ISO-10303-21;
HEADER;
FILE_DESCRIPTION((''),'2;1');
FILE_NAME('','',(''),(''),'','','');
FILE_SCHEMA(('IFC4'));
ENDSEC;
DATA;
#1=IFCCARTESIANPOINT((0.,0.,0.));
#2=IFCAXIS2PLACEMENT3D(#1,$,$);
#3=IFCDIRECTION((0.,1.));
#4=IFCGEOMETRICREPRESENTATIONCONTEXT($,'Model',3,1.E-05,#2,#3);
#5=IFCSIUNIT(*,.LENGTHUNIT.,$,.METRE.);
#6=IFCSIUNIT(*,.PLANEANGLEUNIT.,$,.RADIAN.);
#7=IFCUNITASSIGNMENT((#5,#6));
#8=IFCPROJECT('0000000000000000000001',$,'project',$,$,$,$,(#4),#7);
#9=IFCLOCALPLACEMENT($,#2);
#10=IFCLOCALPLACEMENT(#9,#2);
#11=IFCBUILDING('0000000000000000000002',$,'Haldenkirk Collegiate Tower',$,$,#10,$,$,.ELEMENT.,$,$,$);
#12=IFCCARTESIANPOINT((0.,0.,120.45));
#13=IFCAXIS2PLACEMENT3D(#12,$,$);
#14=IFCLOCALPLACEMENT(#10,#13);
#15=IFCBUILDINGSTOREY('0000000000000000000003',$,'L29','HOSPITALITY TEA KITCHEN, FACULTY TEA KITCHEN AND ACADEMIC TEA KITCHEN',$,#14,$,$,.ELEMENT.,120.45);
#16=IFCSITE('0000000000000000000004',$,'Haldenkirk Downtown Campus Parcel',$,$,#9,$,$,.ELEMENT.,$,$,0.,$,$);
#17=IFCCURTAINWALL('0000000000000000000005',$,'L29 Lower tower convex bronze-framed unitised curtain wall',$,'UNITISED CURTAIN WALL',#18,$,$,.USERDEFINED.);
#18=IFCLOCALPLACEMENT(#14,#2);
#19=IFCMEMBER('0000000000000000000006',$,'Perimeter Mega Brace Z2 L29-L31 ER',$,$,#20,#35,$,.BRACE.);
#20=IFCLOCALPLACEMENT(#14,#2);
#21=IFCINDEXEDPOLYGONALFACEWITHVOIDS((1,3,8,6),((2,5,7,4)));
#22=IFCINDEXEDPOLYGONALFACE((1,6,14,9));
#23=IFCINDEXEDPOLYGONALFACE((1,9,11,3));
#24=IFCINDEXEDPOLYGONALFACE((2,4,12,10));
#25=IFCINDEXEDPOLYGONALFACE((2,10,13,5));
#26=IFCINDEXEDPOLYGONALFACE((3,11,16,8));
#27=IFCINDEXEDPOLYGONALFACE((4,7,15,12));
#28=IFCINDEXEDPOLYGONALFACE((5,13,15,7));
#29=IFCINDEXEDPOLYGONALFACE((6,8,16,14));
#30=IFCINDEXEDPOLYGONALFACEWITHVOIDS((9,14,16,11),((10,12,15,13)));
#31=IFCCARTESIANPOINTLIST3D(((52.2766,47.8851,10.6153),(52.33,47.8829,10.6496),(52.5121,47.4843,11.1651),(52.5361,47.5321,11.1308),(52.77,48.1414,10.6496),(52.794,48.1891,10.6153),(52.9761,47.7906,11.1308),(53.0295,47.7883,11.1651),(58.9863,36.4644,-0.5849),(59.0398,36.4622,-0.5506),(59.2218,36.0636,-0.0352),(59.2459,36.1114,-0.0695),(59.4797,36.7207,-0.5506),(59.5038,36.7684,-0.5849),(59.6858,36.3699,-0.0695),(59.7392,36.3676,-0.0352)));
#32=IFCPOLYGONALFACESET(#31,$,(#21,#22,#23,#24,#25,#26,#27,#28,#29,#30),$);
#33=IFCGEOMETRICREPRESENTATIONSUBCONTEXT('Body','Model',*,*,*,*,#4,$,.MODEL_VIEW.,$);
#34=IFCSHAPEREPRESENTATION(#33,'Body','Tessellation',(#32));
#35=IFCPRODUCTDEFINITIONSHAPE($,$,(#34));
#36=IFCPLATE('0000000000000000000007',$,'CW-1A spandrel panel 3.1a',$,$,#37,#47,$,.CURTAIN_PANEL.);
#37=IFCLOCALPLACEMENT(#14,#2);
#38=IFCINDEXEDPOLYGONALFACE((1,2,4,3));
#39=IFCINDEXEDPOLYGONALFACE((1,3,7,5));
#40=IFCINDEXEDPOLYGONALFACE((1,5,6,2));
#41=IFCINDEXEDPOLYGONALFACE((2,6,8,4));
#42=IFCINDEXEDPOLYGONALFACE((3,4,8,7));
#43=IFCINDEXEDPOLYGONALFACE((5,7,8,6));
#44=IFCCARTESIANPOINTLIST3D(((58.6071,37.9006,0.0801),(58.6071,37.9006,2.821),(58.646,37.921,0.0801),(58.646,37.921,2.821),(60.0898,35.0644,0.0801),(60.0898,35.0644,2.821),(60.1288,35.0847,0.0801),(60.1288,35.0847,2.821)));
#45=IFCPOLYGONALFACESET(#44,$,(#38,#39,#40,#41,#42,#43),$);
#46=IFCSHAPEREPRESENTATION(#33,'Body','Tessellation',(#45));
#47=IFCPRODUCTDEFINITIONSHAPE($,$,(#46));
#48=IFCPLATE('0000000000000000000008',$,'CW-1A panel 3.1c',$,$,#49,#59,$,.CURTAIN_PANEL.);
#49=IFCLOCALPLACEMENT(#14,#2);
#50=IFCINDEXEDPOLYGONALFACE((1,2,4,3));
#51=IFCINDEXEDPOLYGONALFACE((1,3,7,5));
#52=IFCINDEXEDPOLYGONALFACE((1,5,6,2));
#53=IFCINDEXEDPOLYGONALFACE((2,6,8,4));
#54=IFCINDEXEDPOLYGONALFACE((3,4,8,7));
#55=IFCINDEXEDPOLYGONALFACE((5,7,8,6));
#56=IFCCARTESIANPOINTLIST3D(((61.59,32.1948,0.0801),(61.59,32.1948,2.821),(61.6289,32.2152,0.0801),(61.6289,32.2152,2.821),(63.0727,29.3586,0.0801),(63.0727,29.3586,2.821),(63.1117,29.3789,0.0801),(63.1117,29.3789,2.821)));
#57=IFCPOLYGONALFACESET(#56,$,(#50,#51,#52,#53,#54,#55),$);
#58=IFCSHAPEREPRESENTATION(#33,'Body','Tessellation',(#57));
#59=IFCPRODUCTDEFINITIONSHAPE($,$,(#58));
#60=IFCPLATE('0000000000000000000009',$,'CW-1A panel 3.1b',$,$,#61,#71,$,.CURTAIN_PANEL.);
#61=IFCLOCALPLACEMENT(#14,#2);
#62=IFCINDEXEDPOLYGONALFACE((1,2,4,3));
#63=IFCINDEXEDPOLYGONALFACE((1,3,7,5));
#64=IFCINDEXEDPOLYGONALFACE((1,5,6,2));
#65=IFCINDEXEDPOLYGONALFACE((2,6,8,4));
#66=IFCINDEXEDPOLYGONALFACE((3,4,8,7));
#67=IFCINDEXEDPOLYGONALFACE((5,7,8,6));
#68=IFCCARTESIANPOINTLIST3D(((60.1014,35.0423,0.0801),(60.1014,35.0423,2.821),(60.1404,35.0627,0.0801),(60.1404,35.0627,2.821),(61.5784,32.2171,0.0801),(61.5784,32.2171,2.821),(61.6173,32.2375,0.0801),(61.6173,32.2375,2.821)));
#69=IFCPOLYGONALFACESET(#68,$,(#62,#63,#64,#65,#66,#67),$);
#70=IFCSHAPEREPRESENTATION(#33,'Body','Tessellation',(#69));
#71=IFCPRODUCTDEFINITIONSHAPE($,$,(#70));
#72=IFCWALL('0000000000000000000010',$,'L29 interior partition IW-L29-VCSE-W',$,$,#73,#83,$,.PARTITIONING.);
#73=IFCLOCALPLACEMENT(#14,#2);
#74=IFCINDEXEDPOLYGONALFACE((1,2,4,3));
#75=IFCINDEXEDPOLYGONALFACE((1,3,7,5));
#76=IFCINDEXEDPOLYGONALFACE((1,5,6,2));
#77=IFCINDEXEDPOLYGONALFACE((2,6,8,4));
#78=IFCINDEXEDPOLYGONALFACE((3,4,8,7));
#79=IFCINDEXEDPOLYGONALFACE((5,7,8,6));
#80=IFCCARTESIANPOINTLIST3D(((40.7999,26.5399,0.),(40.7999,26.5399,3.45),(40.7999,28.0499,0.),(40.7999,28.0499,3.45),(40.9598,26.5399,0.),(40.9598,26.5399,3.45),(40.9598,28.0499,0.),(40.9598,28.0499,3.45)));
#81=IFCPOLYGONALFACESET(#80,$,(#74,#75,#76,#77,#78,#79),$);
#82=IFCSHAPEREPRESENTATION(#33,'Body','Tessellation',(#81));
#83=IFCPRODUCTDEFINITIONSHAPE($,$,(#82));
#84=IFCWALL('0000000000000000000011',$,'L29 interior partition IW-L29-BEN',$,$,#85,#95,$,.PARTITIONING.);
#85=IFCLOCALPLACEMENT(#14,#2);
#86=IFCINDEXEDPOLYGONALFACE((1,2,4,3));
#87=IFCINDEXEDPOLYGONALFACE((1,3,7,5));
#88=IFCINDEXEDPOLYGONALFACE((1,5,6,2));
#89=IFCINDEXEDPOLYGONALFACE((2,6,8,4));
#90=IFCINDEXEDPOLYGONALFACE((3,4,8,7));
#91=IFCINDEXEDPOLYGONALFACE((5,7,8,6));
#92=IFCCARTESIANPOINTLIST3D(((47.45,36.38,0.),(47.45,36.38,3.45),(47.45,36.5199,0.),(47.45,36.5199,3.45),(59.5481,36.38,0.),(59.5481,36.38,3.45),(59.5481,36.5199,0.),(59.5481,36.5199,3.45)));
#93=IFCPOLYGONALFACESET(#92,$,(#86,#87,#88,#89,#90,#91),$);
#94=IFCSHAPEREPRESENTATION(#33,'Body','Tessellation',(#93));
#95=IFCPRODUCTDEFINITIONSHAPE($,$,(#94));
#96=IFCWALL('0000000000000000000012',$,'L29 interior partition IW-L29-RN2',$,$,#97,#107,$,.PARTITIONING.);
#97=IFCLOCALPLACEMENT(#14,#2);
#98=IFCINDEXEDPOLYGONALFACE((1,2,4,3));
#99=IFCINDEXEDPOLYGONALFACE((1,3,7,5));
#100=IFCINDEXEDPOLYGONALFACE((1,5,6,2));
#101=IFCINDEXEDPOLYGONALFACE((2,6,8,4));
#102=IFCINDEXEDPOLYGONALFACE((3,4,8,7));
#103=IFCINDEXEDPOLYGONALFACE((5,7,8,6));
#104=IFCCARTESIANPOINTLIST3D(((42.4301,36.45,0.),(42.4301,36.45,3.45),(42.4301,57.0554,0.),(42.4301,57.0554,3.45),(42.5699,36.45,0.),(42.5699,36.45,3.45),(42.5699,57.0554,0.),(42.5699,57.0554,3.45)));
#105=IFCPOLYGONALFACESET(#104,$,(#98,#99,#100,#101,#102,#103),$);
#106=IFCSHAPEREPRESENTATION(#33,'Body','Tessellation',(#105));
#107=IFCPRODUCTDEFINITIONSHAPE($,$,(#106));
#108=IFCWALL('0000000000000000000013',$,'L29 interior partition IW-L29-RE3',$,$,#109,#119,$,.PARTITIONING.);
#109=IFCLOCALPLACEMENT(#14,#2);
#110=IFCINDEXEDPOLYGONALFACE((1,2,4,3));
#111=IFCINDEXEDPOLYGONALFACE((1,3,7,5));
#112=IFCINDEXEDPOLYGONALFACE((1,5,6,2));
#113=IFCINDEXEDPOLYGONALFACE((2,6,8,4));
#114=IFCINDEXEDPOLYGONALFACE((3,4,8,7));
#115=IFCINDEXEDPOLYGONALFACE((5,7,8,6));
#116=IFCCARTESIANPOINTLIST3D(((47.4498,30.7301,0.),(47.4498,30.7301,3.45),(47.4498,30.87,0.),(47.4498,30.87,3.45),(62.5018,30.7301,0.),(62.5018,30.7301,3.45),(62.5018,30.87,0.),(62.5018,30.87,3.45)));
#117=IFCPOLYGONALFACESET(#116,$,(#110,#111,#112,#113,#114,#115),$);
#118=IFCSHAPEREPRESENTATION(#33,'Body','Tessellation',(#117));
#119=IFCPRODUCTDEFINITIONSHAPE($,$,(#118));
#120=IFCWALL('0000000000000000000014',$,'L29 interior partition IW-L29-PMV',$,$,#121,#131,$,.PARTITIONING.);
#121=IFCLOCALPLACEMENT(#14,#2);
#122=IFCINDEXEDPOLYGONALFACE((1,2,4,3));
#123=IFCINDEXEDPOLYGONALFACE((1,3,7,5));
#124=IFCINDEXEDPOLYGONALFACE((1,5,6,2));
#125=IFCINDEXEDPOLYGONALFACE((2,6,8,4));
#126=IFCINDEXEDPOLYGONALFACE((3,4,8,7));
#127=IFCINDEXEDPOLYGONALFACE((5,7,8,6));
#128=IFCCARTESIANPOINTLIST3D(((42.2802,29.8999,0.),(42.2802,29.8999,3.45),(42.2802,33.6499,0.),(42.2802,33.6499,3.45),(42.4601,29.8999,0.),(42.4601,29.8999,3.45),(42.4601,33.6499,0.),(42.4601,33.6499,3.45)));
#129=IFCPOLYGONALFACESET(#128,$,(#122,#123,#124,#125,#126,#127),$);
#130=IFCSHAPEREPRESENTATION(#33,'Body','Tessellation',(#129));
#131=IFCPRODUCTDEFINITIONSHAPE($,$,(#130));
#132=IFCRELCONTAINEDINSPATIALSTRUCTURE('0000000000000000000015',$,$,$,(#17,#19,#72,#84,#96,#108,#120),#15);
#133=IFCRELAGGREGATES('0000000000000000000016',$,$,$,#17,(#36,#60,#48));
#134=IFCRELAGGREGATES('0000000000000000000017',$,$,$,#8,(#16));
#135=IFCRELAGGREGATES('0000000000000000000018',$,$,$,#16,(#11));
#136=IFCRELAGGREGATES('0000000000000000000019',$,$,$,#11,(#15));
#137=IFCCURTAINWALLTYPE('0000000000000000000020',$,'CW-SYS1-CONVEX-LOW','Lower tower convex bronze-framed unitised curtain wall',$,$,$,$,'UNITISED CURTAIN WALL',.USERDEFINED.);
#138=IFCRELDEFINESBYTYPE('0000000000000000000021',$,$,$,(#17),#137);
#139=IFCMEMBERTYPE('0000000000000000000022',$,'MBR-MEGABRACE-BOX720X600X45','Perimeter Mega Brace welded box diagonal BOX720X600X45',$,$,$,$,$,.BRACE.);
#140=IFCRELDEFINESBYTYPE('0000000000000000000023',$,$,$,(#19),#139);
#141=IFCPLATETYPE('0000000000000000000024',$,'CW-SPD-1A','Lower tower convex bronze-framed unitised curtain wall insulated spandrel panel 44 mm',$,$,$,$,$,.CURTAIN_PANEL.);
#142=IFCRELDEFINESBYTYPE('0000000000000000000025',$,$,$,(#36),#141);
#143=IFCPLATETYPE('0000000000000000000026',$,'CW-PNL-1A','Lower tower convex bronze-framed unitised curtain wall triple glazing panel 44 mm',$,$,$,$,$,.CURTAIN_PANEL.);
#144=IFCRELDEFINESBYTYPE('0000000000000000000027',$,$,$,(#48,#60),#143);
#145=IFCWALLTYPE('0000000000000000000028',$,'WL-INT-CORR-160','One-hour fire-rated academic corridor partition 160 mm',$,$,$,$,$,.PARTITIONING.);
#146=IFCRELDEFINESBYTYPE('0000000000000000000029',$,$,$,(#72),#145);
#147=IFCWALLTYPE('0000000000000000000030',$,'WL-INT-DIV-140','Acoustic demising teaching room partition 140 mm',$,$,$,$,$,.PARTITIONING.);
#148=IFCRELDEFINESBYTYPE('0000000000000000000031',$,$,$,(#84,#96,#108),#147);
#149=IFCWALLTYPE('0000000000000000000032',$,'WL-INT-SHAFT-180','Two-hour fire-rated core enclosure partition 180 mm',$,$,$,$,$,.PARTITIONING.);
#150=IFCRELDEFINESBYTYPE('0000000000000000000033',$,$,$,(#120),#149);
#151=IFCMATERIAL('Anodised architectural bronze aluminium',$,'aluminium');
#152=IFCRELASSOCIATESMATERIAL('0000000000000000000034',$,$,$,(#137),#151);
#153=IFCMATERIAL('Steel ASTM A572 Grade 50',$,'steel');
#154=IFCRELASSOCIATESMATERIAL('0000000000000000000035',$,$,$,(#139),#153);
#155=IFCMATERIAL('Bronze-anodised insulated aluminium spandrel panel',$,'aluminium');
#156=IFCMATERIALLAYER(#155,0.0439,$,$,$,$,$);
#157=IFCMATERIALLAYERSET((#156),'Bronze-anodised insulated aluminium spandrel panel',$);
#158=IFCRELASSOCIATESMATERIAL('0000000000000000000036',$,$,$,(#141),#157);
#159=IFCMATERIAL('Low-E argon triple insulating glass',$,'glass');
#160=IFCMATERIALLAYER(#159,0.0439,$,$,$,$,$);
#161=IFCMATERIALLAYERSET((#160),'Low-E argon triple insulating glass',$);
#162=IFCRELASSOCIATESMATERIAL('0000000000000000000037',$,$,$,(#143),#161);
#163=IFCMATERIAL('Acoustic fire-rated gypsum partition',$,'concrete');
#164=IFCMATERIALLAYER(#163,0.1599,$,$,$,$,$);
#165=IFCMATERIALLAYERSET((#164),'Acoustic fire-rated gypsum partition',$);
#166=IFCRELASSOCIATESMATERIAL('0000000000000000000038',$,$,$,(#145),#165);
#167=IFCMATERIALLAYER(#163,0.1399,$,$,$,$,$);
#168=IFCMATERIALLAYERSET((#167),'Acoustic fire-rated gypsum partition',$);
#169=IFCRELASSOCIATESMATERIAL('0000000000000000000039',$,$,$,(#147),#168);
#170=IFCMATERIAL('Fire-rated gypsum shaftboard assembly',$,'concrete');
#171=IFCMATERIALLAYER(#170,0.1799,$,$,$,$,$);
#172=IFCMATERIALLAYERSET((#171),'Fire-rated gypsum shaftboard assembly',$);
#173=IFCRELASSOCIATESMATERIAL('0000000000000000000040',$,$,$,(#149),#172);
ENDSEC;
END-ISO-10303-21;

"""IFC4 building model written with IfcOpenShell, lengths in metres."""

from ifc_helpers import new_model, si_unit, direction, frame, frame_2d, origin, origin_2d, place, context, subcontext, project, spatial, rectangle, hollow_rectangle, extrude, source, transform, mapped, material, layer, layer_set, material_profile, profile_set, type_object, element, aggregate, save


model = new_model("IFC4")

# Units and contexts
model_context = context("Model", 3, precision=1e-05, world=origin(), true_north=direction((0.0, 1.0)))
body_context = subcontext(model_context, "Body", "Model", "MODEL_VIEW")
ifc_project = project(units=[si_unit("LENGTHUNIT", "METRE"), si_unit("PLANEANGLEUNIT", "RADIAN")], contexts=[model_context])

# Site, building, storey
site_placement = place(None, origin())
site = spatial("IfcSite", under=ifc_project, at=site_placement, Name="Haldenkirk Downtown Campus Parcel", CompositionType="ELEMENT", RefElevation=0.0)
building_placement = place(site_placement, origin())
building = spatial("IfcBuilding", under=site, at=building_placement, Name="Haldenkirk Collegiate Tower", CompositionType="ELEMENT")
storey_placement = place(building_placement, frame((0.0, 0.0, 120.45)))
storey = spatial("IfcBuildingStorey", under=building, at=storey_placement, Name="L29", Description="HOSPITALITY TEA KITCHEN, FACULTY TEA KITCHEN AND ACADEMIC TEA KITCHEN", CompositionType="ELEMENT", Elevation=120.45)

# Curtain wall
ifc_material_1 = material(Name="Anodised architectural bronze aluminium", Category="aluminium")
curtain_wall_type = type_object("IfcCurtainWallType", Name="CW-SYS1-CONVEX-LOW", Description="Lower tower convex bronze-framed unitised curtain wall", ElementType="UNITISED CURTAIN WALL", PredefinedType="USERDEFINED", material=ifc_material_1)
curtain_wall_placement = place(storey_placement, origin())
curtain_wall = element("IfcCurtainWall", 1, at=curtain_wall_placement, inside=storey, type_object=curtain_wall_type, Name="L29 Lower tower convex bronze-framed unitised curtain wall", ObjectType="UNITISED CURTAIN WALL", PredefinedType="USERDEFINED")

# Member
ifc_material_2 = material(Name="Steel ASTM A572 Grade 50", Category="steel")
ifc_material_profile_1 = material_profile(ifc_material_2, hollow_rectangle(XDim=0.6001, YDim=0.72, WallThickness=0.0449, at=origin_2d()), Name="BOX720X600X45")
ifc_profile_set_1 = profile_set([ifc_material_profile_1], Name="Steel ASTM A572 Grade 50")
member_type_1 = type_object("IfcMemberType", Name="MBR-MEGABRACE-BOX720X600X45", Description="Perimeter Mega Brace welded box diagonal BOX720X600X45", PredefinedType="BRACE", material=ifc_profile_set_1)
member_1_placement = place(storey_placement, frame((59.3628, 36.416, -0.3101), z_axis=(-0.386808, 0.658389, 0.64568), x_axis=(-0.862208, -0.506554, 0.0)))
element("IfcMember", 2, at=member_1_placement, inside=storey, type_object=member_type_1, Name="Perimeter Mega Brace Z2 L29-L31 ER", PredefinedType="BRACE", context=body_context, shape_type="SweptSolid", body=[
    extrude(hollow_rectangle(XDim=0.6001, YDim=0.72, WallThickness=0.0449, at=origin_2d()), origin(), (0.0, 0.0, 1.0), 17.3464),
])

# Plates
ifc_material_3 = material(Name="Bronze-anodised insulated aluminium spandrel panel", Category="aluminium")
ifc_layer_1 = layer(ifc_material_3, 0.0439)
ifc_layer_set_1 = layer_set([ifc_layer_1], Name="Bronze-anodised insulated aluminium spandrel panel")
plate_type_1 = type_object("IfcPlateType", Name="CW-SPD-1A", Description="Lower tower convex bronze-framed unitised curtain wall insulated spandrel panel 44 mm", PredefinedType="CURTAIN_PANEL", material=ifc_layer_set_1)
shared_shape_1 = source(origin(), body_context, "Body", "SweptSolid", [
    extrude(rectangle(XDim=3.2004, YDim=0.0439, at=origin_2d()), origin(), (0.0, 0.0, 1.0), 2.741),
])
plate_1_placement = place(storey_placement, frame((59.3679, 36.4927, 0.0801), z_axis=(0.0, 0.0, 1.0), x_axis=(0.463296, -0.886204, 0.0)))
plate_1 = element("IfcPlate", 3, at=plate_1_placement, type_object=plate_type_1, Name="CW-1A spandrel panel 3.1a", PredefinedType="CURTAIN_PANEL", context=body_context, shape_type="MappedRepresentation", body=[
    mapped(shared_shape_1, transform((0.0, 0.0, 0.0), x_axis=(1.0, 0.0, 0.0), y_axis=(0.0, 1.0, 0.0), z_axis=(0.0, 0.0, 1.0), scale=1.0)),
])
ifc_material_4 = material(Name="Low-E argon triple insulating glass", Category="glass")
ifc_layer_2 = layer(ifc_material_4, 0.0439)
ifc_layer_set_2 = layer_set([ifc_layer_2], Name="Low-E argon triple insulating glass")
plate_type_2 = type_object("IfcPlateType", Name="CW-PNL-1A", Description="Lower tower convex bronze-framed unitised curtain wall triple glazing panel 44 mm", PredefinedType="CURTAIN_PANEL", material=ifc_layer_set_2)
plate_2_placement = place(storey_placement, frame((62.3508, 30.7869, 0.0801), z_axis=(0.0, 0.0, 1.0), x_axis=(0.463296, -0.886204, 0.0)))
plate_2 = element("IfcPlate", 4, at=plate_2_placement, type_object=plate_type_2, Name="CW-1A panel 3.1c", PredefinedType="CURTAIN_PANEL", context=body_context, shape_type="MappedRepresentation", body=[
    mapped(shared_shape_1, transform((0.0, 0.0, 0.0), x_axis=(1.0, 0.0, 0.0), y_axis=(0.0, 1.0, 0.0), z_axis=(0.0, 0.0, 1.0), scale=1.0)),
])
shared_shape_2 = source(origin(), body_context, "Body", "SweptSolid", [
    extrude(rectangle(XDim=3.188, YDim=0.0439, at=origin_2d()), origin(), (0.0, 0.0, 1.0), 2.741),
])
plate_3_placement = place(storey_placement, frame((60.8594, 33.6399, 0.0801), z_axis=(0.0, 0.0, 1.0), x_axis=(0.463296, -0.886204, 0.0)))
plate_3 = element("IfcPlate", 5, at=plate_3_placement, type_object=plate_type_2, Name="CW-1A panel 3.1b", PredefinedType="CURTAIN_PANEL", context=body_context, shape_type="MappedRepresentation", body=[
    mapped(shared_shape_2, transform((0.0, 0.0, 0.0), x_axis=(1.0, 0.0, 0.0), y_axis=(0.0, 1.0, 0.0), z_axis=(0.0, 0.0, 1.0), scale=1.0)),
])
aggregate(curtain_wall, [plate_1, plate_3, plate_2])

# Walls
ifc_material_5 = material(Name="Acoustic fire-rated gypsum partition", Category="concrete")
ifc_layer_3 = layer(ifc_material_5, 0.1599)
ifc_layer_set_3 = layer_set([ifc_layer_3], Name="Acoustic fire-rated gypsum partition")
wall_type_1 = type_object("IfcWallType", Name="WL-INT-CORR-160", Description="One-hour fire-rated academic corridor partition 160 mm", PredefinedType="PARTITIONING", material=ifc_layer_set_3)
wall_1_placement = place(storey_placement, frame((40.8799, 26.54, 0.0), z_axis=(0.0, 0.0, 1.0), x_axis=(0.0, 1.0, 0.0)))
element("IfcWall", 6, at=wall_1_placement, inside=storey, type_object=wall_type_1, Name="L29 interior partition IW-L29-VCSE-W", PredefinedType="PARTITIONING", context=body_context, shape_type="SweptSolid", body=[
    extrude(rectangle(XDim=1.51, YDim=0.1599, at=frame_2d((0.7549, 0.0))), origin(), (0.0, 0.0, 1.0), 3.45),
])
ifc_layer_4 = layer(ifc_material_5, 0.1399)
ifc_layer_set_4 = layer_set([ifc_layer_4], Name="Acoustic fire-rated gypsum partition")
wall_type_2 = type_object("IfcWallType", Name="WL-INT-DIV-140", Description="Acoustic demising teaching room partition 140 mm", PredefinedType="PARTITIONING", material=ifc_layer_set_4)
wall_2_placement = place(storey_placement, frame((47.45, 36.45, 0.0), z_axis=(0.0, 0.0, 1.0), x_axis=(1.0, 0.0, 0.0)))
element("IfcWall", 7, at=wall_2_placement, inside=storey, type_object=wall_type_2, Name="L29 interior partition IW-L29-BEN", PredefinedType="PARTITIONING", context=body_context, shape_type="SweptSolid", body=[
    extrude(rectangle(XDim=12.0981, YDim=0.1399, at=frame_2d((6.0491, 0.0))), origin(), (0.0, 0.0, 1.0), 3.45),
])
wall_3_placement = place(storey_placement, frame((42.5, 36.45, 0.0), z_axis=(0.0, 0.0, 1.0), x_axis=(0.0, 1.0, 0.0)))
element("IfcWall", 8, at=wall_3_placement, inside=storey, type_object=wall_type_2, Name="L29 interior partition IW-L29-RN2", PredefinedType="PARTITIONING", context=body_context, shape_type="SweptSolid", body=[
    extrude(rectangle(XDim=20.6055, YDim=0.1399, at=frame_2d((10.3027, 0.0))), origin(), (0.0, 0.0, 1.0), 3.45),
])
wall_4_placement = place(storey_placement, frame((47.45, 30.8, 0.0), z_axis=(0.0, 0.0, 1.0), x_axis=(1.0, 0.0, 0.0)))
element("IfcWall", 9, at=wall_4_placement, inside=storey, type_object=wall_type_2, Name="L29 interior partition IW-L29-RE3", PredefinedType="PARTITIONING", context=body_context, shape_type="SweptSolid", body=[
    extrude(rectangle(XDim=15.052, YDim=0.1399, at=frame_2d((7.5259, 0.0))), origin(), (0.0, 0.0, 1.0), 3.45),
])
ifc_material_6 = material(Name="Fire-rated gypsum shaftboard assembly", Category="concrete")
ifc_layer_5 = layer(ifc_material_6, 0.1799)
ifc_layer_set_5 = layer_set([ifc_layer_5], Name="Fire-rated gypsum shaftboard assembly")
wall_type_3 = type_object("IfcWallType", Name="WL-INT-SHAFT-180", Description="Two-hour fire-rated core enclosure partition 180 mm", PredefinedType="PARTITIONING", material=ifc_layer_set_5)
wall_5_placement = place(storey_placement, frame((42.3701, 29.8999, 0.0), z_axis=(0.0, 0.0, 1.0), x_axis=(0.0, 1.0, 0.0)))
element("IfcWall", 10, at=wall_5_placement, inside=storey, type_object=wall_type_3, Name="L29 interior partition IW-L29-PMV", PredefinedType="PARTITIONING", context=body_context, shape_type="SweptSolid", body=[
    extrude(rectangle(XDim=3.75, YDim=0.1799, at=frame_2d((1.875, 0.0))), origin(), (0.0, 0.0, 1.0), 3.45),
])

save(model, "model.ifc")
